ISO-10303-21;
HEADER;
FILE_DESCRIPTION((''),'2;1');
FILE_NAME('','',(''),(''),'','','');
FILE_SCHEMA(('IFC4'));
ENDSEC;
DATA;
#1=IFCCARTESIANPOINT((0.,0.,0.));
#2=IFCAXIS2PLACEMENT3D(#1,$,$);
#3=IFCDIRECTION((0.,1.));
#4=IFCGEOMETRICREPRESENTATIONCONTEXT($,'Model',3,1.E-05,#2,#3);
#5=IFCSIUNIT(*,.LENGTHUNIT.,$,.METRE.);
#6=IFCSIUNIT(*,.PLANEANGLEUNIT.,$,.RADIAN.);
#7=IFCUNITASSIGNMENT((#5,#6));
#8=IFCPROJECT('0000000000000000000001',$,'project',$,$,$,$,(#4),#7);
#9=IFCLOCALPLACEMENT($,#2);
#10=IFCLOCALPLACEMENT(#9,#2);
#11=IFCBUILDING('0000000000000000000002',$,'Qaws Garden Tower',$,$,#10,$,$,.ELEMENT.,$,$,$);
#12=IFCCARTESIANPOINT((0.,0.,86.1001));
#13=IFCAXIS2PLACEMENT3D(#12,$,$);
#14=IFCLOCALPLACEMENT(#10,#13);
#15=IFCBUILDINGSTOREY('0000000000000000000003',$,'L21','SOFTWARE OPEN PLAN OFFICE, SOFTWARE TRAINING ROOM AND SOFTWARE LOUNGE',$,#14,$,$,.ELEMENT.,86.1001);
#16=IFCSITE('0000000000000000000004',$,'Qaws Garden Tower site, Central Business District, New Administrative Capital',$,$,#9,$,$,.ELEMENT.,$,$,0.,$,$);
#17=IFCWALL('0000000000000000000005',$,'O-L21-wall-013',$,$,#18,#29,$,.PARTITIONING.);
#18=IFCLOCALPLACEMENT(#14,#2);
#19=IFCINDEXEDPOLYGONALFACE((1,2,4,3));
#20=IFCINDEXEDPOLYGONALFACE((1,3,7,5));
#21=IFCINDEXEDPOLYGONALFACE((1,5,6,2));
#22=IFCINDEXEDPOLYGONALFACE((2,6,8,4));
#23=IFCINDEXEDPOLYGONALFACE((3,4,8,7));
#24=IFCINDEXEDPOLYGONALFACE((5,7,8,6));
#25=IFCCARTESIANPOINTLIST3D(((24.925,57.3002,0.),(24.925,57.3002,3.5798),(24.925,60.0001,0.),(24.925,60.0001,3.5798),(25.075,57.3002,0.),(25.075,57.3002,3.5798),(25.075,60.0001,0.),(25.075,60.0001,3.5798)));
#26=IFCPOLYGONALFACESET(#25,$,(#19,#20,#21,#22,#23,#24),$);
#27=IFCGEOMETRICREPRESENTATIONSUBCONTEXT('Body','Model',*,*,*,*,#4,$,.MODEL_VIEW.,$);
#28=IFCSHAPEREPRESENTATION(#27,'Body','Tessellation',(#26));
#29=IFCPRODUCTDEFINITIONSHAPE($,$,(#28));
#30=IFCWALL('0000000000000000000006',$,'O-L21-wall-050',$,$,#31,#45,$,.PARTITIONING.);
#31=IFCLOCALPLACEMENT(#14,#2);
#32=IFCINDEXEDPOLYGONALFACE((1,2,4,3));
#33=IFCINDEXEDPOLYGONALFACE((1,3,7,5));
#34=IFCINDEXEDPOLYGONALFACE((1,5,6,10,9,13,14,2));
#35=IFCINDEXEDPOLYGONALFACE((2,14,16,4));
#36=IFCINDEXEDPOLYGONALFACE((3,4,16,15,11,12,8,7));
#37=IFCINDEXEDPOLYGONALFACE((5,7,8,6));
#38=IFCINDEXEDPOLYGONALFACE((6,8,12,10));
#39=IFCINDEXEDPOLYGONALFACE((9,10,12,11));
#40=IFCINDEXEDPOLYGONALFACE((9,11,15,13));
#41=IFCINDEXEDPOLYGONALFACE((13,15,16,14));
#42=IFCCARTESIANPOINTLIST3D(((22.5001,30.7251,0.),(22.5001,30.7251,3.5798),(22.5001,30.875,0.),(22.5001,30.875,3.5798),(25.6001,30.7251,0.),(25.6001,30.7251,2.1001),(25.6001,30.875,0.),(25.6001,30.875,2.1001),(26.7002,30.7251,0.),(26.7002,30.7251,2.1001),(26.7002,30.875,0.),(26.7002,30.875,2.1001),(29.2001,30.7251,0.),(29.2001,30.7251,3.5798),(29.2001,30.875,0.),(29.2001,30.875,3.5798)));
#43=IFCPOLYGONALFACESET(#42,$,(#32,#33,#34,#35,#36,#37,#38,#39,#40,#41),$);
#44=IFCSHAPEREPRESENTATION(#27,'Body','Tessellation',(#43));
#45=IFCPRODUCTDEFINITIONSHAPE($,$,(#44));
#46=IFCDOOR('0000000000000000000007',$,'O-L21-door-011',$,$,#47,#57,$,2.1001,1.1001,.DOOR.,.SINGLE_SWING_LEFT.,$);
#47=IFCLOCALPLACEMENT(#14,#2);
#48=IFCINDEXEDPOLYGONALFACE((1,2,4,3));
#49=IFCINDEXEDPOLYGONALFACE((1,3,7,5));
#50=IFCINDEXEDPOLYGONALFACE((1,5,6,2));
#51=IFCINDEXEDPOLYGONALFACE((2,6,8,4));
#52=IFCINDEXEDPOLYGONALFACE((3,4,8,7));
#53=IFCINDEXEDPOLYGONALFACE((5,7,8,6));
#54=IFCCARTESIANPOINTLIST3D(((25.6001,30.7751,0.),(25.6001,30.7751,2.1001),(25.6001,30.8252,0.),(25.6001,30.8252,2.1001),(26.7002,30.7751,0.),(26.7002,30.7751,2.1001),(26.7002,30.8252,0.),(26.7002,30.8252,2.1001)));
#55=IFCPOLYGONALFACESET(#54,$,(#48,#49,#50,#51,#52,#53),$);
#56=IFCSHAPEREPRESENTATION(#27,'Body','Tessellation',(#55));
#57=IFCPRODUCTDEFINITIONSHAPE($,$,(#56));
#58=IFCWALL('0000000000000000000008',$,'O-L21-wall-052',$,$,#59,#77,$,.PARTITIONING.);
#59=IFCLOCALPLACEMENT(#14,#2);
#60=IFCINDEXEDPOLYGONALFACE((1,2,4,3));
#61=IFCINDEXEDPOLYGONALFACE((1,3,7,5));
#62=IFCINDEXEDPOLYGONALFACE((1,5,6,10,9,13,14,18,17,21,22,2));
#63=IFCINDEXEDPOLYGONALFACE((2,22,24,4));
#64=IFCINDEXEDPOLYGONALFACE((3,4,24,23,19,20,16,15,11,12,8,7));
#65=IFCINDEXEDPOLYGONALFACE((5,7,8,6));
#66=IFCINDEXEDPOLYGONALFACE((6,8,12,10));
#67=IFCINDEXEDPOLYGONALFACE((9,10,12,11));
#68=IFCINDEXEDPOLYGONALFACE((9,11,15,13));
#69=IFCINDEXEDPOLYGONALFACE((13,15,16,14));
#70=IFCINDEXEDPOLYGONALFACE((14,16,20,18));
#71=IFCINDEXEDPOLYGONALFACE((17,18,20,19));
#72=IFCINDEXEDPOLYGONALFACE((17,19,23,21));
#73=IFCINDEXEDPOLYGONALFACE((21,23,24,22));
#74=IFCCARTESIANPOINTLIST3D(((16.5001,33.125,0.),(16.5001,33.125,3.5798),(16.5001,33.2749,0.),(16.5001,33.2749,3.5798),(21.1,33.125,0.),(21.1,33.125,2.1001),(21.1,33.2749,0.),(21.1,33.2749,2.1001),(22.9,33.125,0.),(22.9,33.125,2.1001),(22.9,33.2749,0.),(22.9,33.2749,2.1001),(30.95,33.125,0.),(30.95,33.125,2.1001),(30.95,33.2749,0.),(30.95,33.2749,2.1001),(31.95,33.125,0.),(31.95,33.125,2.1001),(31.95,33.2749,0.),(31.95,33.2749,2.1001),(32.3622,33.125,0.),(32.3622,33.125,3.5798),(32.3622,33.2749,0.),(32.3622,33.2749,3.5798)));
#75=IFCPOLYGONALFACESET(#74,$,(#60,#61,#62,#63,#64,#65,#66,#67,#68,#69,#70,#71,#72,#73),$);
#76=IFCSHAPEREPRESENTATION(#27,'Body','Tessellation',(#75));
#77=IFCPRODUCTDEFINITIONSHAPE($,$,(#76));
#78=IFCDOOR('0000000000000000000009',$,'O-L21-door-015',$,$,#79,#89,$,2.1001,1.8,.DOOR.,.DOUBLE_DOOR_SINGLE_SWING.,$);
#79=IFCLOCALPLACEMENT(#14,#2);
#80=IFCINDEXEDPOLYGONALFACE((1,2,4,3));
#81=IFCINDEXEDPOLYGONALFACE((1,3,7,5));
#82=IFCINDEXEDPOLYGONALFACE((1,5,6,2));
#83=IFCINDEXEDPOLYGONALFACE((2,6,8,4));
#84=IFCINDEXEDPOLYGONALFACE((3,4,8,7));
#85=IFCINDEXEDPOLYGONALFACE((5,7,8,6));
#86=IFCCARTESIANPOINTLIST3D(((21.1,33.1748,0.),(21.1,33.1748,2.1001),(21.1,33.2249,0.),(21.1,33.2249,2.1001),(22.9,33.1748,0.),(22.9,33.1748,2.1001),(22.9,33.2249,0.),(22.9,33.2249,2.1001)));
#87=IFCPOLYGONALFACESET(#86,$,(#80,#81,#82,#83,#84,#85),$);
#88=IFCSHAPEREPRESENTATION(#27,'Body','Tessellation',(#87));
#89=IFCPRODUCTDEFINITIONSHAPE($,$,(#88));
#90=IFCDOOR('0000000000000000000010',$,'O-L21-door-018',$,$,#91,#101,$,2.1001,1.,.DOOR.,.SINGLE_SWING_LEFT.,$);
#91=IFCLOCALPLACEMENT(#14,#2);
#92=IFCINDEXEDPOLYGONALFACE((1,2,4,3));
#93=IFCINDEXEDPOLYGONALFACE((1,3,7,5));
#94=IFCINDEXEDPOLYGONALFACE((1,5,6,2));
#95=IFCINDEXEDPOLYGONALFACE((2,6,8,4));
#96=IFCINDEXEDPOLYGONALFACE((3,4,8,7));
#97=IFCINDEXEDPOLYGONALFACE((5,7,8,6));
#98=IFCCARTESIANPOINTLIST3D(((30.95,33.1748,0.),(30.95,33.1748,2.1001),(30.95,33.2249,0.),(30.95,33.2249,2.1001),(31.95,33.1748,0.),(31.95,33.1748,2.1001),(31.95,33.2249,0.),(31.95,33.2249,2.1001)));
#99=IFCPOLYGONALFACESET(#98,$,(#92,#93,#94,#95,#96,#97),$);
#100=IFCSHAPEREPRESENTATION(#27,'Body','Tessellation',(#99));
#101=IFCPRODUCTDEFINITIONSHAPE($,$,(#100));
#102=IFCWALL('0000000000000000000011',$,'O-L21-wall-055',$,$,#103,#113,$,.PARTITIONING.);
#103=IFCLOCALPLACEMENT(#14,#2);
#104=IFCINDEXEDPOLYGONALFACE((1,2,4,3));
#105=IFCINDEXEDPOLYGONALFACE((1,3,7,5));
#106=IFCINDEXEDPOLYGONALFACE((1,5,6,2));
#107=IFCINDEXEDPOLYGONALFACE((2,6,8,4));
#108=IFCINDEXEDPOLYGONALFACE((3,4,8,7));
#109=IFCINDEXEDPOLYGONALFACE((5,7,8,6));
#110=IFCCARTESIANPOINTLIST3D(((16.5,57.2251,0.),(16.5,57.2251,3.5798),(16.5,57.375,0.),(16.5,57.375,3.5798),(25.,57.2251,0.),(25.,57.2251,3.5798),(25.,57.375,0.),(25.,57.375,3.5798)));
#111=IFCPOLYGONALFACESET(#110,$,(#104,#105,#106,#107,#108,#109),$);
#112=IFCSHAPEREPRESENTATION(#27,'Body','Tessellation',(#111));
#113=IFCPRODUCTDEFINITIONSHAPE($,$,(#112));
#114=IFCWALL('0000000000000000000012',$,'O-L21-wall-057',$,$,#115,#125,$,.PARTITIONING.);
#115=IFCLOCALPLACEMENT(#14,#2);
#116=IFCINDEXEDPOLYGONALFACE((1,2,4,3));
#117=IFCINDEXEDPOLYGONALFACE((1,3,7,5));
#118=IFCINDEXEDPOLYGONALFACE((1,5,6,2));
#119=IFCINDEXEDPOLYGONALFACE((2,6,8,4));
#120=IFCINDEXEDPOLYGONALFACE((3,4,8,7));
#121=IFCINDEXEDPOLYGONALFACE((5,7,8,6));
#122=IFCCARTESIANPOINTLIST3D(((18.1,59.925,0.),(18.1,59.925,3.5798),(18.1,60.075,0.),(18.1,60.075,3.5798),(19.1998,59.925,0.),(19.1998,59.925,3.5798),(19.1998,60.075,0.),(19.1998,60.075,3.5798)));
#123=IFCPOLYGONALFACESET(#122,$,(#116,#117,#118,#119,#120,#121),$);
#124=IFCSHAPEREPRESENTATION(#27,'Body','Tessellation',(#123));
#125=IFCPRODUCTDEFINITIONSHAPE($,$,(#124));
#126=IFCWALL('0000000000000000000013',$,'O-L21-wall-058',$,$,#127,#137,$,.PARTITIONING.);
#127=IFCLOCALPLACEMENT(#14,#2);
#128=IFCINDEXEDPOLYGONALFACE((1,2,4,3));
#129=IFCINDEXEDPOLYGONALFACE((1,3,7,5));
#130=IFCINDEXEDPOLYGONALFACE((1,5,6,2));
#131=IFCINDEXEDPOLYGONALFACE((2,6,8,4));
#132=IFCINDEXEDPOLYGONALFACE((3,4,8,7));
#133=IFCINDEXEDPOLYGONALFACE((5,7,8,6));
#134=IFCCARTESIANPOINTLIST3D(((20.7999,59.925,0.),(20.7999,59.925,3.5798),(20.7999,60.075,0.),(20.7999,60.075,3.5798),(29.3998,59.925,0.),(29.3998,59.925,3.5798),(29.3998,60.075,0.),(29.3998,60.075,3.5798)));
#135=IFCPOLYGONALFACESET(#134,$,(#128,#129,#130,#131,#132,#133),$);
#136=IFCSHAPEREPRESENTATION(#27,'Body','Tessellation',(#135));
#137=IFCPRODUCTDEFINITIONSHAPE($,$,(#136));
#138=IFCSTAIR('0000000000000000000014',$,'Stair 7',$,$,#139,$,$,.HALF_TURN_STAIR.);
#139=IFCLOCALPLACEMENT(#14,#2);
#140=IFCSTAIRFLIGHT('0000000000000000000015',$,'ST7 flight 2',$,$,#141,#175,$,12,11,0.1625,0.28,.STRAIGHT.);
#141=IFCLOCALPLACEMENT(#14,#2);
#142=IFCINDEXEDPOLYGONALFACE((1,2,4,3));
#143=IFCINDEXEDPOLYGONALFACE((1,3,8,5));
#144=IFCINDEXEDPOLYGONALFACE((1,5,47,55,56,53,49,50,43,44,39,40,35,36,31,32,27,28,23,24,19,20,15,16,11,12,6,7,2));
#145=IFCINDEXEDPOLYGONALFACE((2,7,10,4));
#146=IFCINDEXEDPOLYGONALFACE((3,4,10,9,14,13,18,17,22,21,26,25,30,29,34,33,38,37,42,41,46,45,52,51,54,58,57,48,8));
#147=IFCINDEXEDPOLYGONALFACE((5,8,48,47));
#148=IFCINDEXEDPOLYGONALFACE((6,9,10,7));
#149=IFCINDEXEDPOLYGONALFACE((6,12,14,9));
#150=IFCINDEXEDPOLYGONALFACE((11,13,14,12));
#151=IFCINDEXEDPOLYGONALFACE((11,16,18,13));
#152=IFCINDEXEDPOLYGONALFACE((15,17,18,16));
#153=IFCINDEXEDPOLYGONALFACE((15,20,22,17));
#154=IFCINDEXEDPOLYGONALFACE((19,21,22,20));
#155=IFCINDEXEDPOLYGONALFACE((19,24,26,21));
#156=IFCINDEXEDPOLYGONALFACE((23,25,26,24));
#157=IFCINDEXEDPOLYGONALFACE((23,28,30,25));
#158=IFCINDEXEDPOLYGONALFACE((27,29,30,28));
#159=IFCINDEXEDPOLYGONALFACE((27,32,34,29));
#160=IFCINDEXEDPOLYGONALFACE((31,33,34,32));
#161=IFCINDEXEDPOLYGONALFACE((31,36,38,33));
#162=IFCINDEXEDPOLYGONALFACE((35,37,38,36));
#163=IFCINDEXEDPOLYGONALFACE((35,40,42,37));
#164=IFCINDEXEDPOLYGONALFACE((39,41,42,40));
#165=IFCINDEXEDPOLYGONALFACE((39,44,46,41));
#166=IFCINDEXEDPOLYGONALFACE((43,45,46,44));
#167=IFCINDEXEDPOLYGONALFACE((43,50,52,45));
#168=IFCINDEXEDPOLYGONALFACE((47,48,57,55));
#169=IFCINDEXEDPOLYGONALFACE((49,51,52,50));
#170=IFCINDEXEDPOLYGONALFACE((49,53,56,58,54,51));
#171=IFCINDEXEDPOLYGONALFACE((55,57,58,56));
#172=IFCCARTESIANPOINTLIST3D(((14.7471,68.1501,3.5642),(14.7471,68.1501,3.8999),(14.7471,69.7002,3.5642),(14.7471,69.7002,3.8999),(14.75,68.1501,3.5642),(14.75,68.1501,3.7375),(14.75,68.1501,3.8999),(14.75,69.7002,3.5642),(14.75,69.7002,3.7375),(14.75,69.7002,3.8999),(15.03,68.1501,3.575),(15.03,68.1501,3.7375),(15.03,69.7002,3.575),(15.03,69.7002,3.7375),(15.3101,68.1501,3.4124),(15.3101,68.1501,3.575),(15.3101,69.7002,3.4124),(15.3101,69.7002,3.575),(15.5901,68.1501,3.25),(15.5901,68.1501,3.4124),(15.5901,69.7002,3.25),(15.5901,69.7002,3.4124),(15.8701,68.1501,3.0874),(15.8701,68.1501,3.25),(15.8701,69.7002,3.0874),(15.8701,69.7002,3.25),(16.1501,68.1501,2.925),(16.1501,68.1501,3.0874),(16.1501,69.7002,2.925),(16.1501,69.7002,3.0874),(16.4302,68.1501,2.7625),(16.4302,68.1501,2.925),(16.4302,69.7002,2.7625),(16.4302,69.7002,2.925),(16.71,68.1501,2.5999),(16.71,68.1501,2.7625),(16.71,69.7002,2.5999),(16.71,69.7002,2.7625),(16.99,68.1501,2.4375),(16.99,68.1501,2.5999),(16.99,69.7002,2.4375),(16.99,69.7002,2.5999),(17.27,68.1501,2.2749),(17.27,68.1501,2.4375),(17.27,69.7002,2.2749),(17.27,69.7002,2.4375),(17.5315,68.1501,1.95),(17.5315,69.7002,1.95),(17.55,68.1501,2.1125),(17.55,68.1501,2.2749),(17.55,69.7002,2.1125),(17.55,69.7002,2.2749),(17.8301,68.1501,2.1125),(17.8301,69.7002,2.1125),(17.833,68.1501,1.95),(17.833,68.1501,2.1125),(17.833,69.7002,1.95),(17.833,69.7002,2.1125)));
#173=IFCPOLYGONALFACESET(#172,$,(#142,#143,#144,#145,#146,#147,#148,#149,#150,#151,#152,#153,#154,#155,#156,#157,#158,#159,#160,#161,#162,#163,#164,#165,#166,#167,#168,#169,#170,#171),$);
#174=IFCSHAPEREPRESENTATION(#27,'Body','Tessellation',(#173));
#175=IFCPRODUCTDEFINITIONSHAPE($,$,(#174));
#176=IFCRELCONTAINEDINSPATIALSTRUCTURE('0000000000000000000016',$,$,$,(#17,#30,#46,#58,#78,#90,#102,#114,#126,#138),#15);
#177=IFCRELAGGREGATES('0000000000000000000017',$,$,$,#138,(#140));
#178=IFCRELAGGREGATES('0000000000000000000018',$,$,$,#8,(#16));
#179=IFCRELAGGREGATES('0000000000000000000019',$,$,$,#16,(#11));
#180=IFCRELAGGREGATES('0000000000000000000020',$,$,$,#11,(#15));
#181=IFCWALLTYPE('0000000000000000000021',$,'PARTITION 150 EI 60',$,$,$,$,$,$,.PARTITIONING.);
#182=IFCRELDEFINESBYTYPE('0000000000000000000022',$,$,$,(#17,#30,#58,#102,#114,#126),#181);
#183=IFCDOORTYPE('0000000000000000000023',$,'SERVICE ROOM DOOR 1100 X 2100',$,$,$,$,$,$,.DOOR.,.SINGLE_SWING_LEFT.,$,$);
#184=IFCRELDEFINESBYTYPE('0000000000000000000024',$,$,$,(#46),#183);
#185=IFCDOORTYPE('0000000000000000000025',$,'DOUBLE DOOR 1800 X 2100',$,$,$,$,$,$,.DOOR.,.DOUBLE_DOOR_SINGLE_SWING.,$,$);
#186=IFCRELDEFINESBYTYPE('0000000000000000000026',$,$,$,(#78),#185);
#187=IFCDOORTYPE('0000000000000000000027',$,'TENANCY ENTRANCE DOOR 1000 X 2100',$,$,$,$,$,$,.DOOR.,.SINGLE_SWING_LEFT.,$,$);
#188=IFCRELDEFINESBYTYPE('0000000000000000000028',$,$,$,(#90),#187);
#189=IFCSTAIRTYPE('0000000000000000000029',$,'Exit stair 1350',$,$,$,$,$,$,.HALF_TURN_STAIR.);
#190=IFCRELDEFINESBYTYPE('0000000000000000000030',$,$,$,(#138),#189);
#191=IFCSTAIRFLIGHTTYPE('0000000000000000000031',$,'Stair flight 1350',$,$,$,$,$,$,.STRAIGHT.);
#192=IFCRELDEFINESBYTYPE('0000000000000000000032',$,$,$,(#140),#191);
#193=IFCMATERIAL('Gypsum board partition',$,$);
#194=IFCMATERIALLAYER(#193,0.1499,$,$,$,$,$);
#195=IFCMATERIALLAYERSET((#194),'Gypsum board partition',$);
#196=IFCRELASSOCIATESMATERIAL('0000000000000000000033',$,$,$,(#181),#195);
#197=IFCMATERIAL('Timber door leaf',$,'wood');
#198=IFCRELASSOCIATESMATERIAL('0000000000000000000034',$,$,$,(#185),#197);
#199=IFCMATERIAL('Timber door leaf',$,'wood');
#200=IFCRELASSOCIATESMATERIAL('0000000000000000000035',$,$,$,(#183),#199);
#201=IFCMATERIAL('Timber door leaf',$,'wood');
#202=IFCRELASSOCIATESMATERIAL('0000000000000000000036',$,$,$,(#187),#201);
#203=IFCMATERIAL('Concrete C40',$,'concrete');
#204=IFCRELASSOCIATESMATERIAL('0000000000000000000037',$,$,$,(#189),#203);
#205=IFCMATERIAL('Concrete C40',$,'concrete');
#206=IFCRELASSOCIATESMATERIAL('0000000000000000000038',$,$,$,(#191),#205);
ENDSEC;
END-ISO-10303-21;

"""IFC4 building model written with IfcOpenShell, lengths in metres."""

from ifc_helpers import new_model, si_unit, direction, frame, frame_2d, origin, place, context, subcontext, project, spatial, polyline, rectangle, outline, extrude, material, layer, layer_set, type_object, element, fill, aggregate, save


model = new_model("IFC4")

# Units and contexts
model_context = context("Model", 3, precision=1e-05, world=origin(), true_north=direction((0.0, 1.0)))
body_context = subcontext(model_context, "Body", "Model", "MODEL_VIEW")
ifc_project = project(units=[si_unit("LENGTHUNIT", "METRE"), si_unit("PLANEANGLEUNIT", "RADIAN")], contexts=[model_context])

# Site, building, storey
site_placement = place(None, origin())
site = spatial("IfcSite", under=ifc_project, at=site_placement, Name="Qaws Garden Tower site, Central Business District, New Administrative Capital", CompositionType="ELEMENT", RefElevation=0.0)
building_placement = place(site_placement, origin())
building = spatial("IfcBuilding", under=site, at=building_placement, Name="Qaws Garden Tower", CompositionType="ELEMENT")
storey_placement = place(building_placement, frame((0.0, 0.0, 86.1001)))
storey = spatial("IfcBuildingStorey", under=building, at=storey_placement, Name="L21", Description="SOFTWARE OPEN PLAN OFFICE, SOFTWARE TRAINING ROOM AND SOFTWARE LOUNGE", CompositionType="ELEMENT", Elevation=86.1001)

# Shared definitions
ifc_material_1 = material(Name="Gypsum board partition")
ifc_layer_1 = layer(ifc_material_1, 0.1499)
ifc_layer_set_1 = layer_set([ifc_layer_1], Name="Gypsum board partition")
wall_type_1 = type_object("IfcWallType", Name="PARTITION 150 EI 60", PredefinedType="PARTITIONING", material=ifc_layer_set_1)

# Shared definitions
ifc_material_2 = material(Name="Timber door leaf", Category="wood")
door_type_1 = type_object("IfcDoorType", Name="DOUBLE DOOR 1800 X 2100", OperationType="DOUBLE_DOOR_SINGLE_SWING", PredefinedType="DOOR", material=ifc_material_2)

# Wall
wall_1_placement = place(storey_placement, frame((25.0, 57.3, 0.0), z_axis=(0.0, 0.0, 1.0), x_axis=(0.0, 1.0, 0.0)))
element("IfcWall", 1, at=wall_1_placement, inside=storey, type_object=wall_type_1, Name="O-L21-wall-013", PredefinedType="PARTITIONING", context=body_context, shape_type="SweptSolid", body=[
    extrude(rectangle(XDim=2.7, YDim=0.1499, at=frame_2d((1.3501, 0.0))), origin(), (0.0, 0.0, 1.0), 3.5798),
])

# Wall, opening, door
wall_2_placement = place(storey_placement, frame((22.5, 30.8, 0.0), z_axis=(0.0, 0.0, 1.0), x_axis=(1.0, 0.0, 0.0)))
wall_2 = element("IfcWall", 2, at=wall_2_placement, inside=storey, type_object=wall_type_1, Name="O-L21-wall-050", PredefinedType="PARTITIONING", context=body_context, shape_type="SweptSolid", body=[
    extrude(rectangle(XDim=6.7, YDim=0.1499, at=frame_2d((3.3501, 0.0))), origin(), (0.0, 0.0, 1.0), 3.5798),
])
opening_1_placement = place(wall_2_placement, frame((3.1001, 0.0, 0.0)))
opening_1 = element("IfcOpeningElement", 3, at=opening_1_placement, cuts=wall_2, PredefinedType="OPENING", context=body_context, shape_type="SweptSolid", body=[
    extrude(rectangle(XDim=1.1001, YDim=2.1001, at=frame_2d((0.55, 1.05))), frame((0.0, 0.085, 0.0), z_axis=(0.0, -1.0, 0.0), x_axis=(1.0, 0.0, 0.0)), (0.0, 0.0, 1.0), 0.1699),
])
ifc_material_3 = material(Name="Timber door leaf", Category="wood")
door_type_2 = type_object("IfcDoorType", Name="SERVICE ROOM DOOR 1100 X 2100", OperationType="SINGLE_SWING_LEFT", PredefinedType="DOOR", material=ifc_material_3)
door_1_placement = place(opening_1_placement, frame((1.1001, 0.0, 0.0), z_axis=(0.0, 0.0, 1.0), x_axis=(-1.0, 0.0, 0.0)))
door_1 = element("IfcDoor", 4, at=door_1_placement, inside=storey, type_object=door_type_2, Name="O-L21-door-011", OperationType="SINGLE_SWING_LEFT", OverallHeight=2.1001, OverallWidth=1.1001, PredefinedType="DOOR", context=body_context, shape_type="SweptSolid", body=[
    extrude(rectangle(XDim=1.1001, YDim=2.1001, at=frame_2d((0.55, 1.05))), frame((0.0, 0.0249, 0.0), z_axis=(0.0, -1.0, 0.0), x_axis=(1.0, 0.0, 0.0)), (0.0, 0.0, 1.0), 0.05),
])
fill(opening_1, door_1)

# Wall, openings, doors
wall_3_placement = place(storey_placement, frame((16.5, 33.2, 0.0), z_axis=(0.0, 0.0, 1.0), x_axis=(1.0, 0.0, 0.0)))
wall_3 = element("IfcWall", 5, at=wall_3_placement, inside=storey, type_object=wall_type_1, Name="O-L21-wall-052", PredefinedType="PARTITIONING", context=body_context, shape_type="SweptSolid", body=[
    extrude(rectangle(XDim=15.8621, YDim=0.1499, at=frame_2d((7.9312, 0.0))), origin(), (0.0, 0.0, 1.0), 3.5798),
])
opening_2_placement = place(wall_3_placement, frame((4.6001, 0.0, 0.0)))
opening_2 = element("IfcOpeningElement", 6, at=opening_2_placement, cuts=wall_3, PredefinedType="OPENING", context=body_context, shape_type="SweptSolid", body=[
    extrude(rectangle(XDim=1.8, YDim=2.1001, at=frame_2d((0.8999, 1.05))), frame((0.0, 0.085, 0.0), z_axis=(0.0, -1.0, 0.0), x_axis=(1.0, 0.0, 0.0)), (0.0, 0.0, 1.0), 0.1699),
])
opening_3_placement = place(wall_3_placement, frame((14.45, 0.0, 0.0)))
opening_3 = element("IfcOpeningElement", 7, at=opening_3_placement, cuts=wall_3, PredefinedType="OPENING", context=body_context, shape_type="SweptSolid", body=[
    extrude(rectangle(XDim=1.0, YDim=2.1001, at=frame_2d((0.5, 1.05))), frame((0.0, 0.085, 0.0), z_axis=(0.0, -1.0, 0.0), x_axis=(1.0, 0.0, 0.0)), (0.0, 0.0, 1.0), 0.1699),
])
door_2_placement = place(opening_2_placement, origin())
door_2 = element("IfcDoor", 8, at=door_2_placement, inside=storey, type_object=door_type_1, Name="O-L21-door-015", OperationType="DOUBLE_DOOR_SINGLE_SWING", OverallHeight=2.1001, OverallWidth=1.8, PredefinedType="DOOR", context=body_context, shape_type="SweptSolid", body=[
    extrude(rectangle(XDim=1.8, YDim=2.1001, at=frame_2d((0.8999, 1.05))), frame((0.0, 0.0249, 0.0), z_axis=(0.0, -1.0, 0.0), x_axis=(1.0, 0.0, 0.0)), (0.0, 0.0, 1.0), 0.05),
])
fill(opening_2, door_2)
ifc_material_4 = material(Name="Timber door leaf", Category="wood")
door_type_3 = type_object("IfcDoorType", Name="TENANCY ENTRANCE DOOR 1000 X 2100", OperationType="SINGLE_SWING_LEFT", PredefinedType="DOOR", material=ifc_material_4)
door_3_placement = place(opening_3_placement, origin())
door_3 = element("IfcDoor", 9, at=door_3_placement, inside=storey, type_object=door_type_3, Name="O-L21-door-018", OperationType="SINGLE_SWING_LEFT", OverallHeight=2.1001, OverallWidth=1.0, PredefinedType="DOOR", context=body_context, shape_type="SweptSolid", body=[
    extrude(rectangle(XDim=1.0, YDim=2.1001, at=frame_2d((0.5, 1.05))), frame((0.0, 0.0249, 0.0), z_axis=(0.0, -1.0, 0.0), x_axis=(1.0, 0.0, 0.0)), (0.0, 0.0, 1.0), 0.05),
])
fill(opening_3, door_3)

# Walls
wall_4_placement = place(storey_placement, frame((16.5, 57.3, 0.0), z_axis=(0.0, 0.0, 1.0), x_axis=(1.0, 0.0, 0.0)))
element("IfcWall", 10, at=wall_4_placement, inside=storey, type_object=wall_type_1, Name="O-L21-wall-055", PredefinedType="PARTITIONING", context=body_context, shape_type="SweptSolid", body=[
    extrude(rectangle(XDim=8.5, YDim=0.1499, at=frame_2d((4.25, 0.0))), origin(), (0.0, 0.0, 1.0), 3.5798),
])
wall_5_placement = place(storey_placement, frame((18.1001, 60.0, 0.0), z_axis=(0.0, 0.0, 1.0), x_axis=(1.0, 0.0, 0.0)))
element("IfcWall", 11, at=wall_5_placement, inside=storey, type_object=wall_type_1, Name="O-L21-wall-057", PredefinedType="PARTITIONING", context=body_context, shape_type="SweptSolid", body=[
    extrude(rectangle(XDim=1.0999, YDim=0.1499, at=frame_2d((0.5498, 0.0))), origin(), (0.0, 0.0, 1.0), 3.5798),
])
wall_6_placement = place(storey_placement, frame((20.8, 60.0, 0.0), z_axis=(0.0, 0.0, 1.0), x_axis=(1.0, 0.0, 0.0)))
element("IfcWall", 12, at=wall_6_placement, inside=storey, type_object=wall_type_1, Name="O-L21-wall-058", PredefinedType="PARTITIONING", context=body_context, shape_type="SweptSolid", body=[
    extrude(rectangle(XDim=8.5999, YDim=0.1499, at=frame_2d((4.2998, 0.0))), origin(), (0.0, 0.0, 1.0), 3.5798),
])

# Stair, stair flight
ifc_material_5 = material(Name="Concrete C40", Category="concrete")
stair_type = type_object("IfcStairType", Name="Exit stair 1350", PredefinedType="HALF_TURN_STAIR", material=ifc_material_5)
stair_placement = place(storey_placement, origin())
stair = element("IfcStair", 13, at=stair_placement, inside=storey, type_object=stair_type, Name="Stair 7", PredefinedType="HALF_TURN_STAIR")
ifc_material_6 = material(Name="Concrete C40", Category="concrete")
stair_flight_type = type_object("IfcStairFlightType", Name="Stair flight 1350", PredefinedType="STRAIGHT", material=ifc_material_6)
stair_flight_placement = place(storey_placement, frame((17.8301, 68.925, 1.95), z_axis=(0.0, 0.0, 1.0), x_axis=(-1.0, 0.0, 0.0)))
stair_flight = element("IfcStairFlight", 14, at=stair_flight_placement, type_object=stair_flight_type, Name="ST7 flight 2", NumberOfRisers=12, NumberOfTreads=11, PredefinedType="STRAIGHT", RiserHeight=0.1625, TreadLength=0.28, context=body_context, shape_type="SweptSolid", body=[
    extrude(outline(polyline([(-0.0029, 0.0), (-0.0029, 0.1626), (0.0, 0.1626), (0.28, 0.1626), (0.28, 0.325), (0.5601, 0.325), (0.5601, 0.4875), (0.8401, 0.4875), (0.8401, 0.6499), (1.1201, 0.6499), (1.1201, 0.8125), (1.3999, 0.8125), (1.3999, 0.9751), (1.6799, 0.9751), (1.6799, 1.1375), (1.96, 1.1375), (1.96, 1.3), (2.24, 1.3), (2.24, 1.4624), (2.52, 1.4624), (2.52, 1.625), (2.8, 1.625), (2.8, 1.7876), (3.0801, 1.7876), (3.0801, 1.95), (3.083, 1.95), (3.083, 1.6143), (3.0801, 1.6143), (0.2986, 0.0), (-0.0029, 0.0)])), frame((0.0, 0.7749, 0.0), z_axis=(0.0, -1.0, 0.0), x_axis=(1.0, 0.0, 0.0)), (0.0, 0.0, 1.0), 1.55),
])
aggregate(stair, [stair_flight])

save(model, "model.ifc")
